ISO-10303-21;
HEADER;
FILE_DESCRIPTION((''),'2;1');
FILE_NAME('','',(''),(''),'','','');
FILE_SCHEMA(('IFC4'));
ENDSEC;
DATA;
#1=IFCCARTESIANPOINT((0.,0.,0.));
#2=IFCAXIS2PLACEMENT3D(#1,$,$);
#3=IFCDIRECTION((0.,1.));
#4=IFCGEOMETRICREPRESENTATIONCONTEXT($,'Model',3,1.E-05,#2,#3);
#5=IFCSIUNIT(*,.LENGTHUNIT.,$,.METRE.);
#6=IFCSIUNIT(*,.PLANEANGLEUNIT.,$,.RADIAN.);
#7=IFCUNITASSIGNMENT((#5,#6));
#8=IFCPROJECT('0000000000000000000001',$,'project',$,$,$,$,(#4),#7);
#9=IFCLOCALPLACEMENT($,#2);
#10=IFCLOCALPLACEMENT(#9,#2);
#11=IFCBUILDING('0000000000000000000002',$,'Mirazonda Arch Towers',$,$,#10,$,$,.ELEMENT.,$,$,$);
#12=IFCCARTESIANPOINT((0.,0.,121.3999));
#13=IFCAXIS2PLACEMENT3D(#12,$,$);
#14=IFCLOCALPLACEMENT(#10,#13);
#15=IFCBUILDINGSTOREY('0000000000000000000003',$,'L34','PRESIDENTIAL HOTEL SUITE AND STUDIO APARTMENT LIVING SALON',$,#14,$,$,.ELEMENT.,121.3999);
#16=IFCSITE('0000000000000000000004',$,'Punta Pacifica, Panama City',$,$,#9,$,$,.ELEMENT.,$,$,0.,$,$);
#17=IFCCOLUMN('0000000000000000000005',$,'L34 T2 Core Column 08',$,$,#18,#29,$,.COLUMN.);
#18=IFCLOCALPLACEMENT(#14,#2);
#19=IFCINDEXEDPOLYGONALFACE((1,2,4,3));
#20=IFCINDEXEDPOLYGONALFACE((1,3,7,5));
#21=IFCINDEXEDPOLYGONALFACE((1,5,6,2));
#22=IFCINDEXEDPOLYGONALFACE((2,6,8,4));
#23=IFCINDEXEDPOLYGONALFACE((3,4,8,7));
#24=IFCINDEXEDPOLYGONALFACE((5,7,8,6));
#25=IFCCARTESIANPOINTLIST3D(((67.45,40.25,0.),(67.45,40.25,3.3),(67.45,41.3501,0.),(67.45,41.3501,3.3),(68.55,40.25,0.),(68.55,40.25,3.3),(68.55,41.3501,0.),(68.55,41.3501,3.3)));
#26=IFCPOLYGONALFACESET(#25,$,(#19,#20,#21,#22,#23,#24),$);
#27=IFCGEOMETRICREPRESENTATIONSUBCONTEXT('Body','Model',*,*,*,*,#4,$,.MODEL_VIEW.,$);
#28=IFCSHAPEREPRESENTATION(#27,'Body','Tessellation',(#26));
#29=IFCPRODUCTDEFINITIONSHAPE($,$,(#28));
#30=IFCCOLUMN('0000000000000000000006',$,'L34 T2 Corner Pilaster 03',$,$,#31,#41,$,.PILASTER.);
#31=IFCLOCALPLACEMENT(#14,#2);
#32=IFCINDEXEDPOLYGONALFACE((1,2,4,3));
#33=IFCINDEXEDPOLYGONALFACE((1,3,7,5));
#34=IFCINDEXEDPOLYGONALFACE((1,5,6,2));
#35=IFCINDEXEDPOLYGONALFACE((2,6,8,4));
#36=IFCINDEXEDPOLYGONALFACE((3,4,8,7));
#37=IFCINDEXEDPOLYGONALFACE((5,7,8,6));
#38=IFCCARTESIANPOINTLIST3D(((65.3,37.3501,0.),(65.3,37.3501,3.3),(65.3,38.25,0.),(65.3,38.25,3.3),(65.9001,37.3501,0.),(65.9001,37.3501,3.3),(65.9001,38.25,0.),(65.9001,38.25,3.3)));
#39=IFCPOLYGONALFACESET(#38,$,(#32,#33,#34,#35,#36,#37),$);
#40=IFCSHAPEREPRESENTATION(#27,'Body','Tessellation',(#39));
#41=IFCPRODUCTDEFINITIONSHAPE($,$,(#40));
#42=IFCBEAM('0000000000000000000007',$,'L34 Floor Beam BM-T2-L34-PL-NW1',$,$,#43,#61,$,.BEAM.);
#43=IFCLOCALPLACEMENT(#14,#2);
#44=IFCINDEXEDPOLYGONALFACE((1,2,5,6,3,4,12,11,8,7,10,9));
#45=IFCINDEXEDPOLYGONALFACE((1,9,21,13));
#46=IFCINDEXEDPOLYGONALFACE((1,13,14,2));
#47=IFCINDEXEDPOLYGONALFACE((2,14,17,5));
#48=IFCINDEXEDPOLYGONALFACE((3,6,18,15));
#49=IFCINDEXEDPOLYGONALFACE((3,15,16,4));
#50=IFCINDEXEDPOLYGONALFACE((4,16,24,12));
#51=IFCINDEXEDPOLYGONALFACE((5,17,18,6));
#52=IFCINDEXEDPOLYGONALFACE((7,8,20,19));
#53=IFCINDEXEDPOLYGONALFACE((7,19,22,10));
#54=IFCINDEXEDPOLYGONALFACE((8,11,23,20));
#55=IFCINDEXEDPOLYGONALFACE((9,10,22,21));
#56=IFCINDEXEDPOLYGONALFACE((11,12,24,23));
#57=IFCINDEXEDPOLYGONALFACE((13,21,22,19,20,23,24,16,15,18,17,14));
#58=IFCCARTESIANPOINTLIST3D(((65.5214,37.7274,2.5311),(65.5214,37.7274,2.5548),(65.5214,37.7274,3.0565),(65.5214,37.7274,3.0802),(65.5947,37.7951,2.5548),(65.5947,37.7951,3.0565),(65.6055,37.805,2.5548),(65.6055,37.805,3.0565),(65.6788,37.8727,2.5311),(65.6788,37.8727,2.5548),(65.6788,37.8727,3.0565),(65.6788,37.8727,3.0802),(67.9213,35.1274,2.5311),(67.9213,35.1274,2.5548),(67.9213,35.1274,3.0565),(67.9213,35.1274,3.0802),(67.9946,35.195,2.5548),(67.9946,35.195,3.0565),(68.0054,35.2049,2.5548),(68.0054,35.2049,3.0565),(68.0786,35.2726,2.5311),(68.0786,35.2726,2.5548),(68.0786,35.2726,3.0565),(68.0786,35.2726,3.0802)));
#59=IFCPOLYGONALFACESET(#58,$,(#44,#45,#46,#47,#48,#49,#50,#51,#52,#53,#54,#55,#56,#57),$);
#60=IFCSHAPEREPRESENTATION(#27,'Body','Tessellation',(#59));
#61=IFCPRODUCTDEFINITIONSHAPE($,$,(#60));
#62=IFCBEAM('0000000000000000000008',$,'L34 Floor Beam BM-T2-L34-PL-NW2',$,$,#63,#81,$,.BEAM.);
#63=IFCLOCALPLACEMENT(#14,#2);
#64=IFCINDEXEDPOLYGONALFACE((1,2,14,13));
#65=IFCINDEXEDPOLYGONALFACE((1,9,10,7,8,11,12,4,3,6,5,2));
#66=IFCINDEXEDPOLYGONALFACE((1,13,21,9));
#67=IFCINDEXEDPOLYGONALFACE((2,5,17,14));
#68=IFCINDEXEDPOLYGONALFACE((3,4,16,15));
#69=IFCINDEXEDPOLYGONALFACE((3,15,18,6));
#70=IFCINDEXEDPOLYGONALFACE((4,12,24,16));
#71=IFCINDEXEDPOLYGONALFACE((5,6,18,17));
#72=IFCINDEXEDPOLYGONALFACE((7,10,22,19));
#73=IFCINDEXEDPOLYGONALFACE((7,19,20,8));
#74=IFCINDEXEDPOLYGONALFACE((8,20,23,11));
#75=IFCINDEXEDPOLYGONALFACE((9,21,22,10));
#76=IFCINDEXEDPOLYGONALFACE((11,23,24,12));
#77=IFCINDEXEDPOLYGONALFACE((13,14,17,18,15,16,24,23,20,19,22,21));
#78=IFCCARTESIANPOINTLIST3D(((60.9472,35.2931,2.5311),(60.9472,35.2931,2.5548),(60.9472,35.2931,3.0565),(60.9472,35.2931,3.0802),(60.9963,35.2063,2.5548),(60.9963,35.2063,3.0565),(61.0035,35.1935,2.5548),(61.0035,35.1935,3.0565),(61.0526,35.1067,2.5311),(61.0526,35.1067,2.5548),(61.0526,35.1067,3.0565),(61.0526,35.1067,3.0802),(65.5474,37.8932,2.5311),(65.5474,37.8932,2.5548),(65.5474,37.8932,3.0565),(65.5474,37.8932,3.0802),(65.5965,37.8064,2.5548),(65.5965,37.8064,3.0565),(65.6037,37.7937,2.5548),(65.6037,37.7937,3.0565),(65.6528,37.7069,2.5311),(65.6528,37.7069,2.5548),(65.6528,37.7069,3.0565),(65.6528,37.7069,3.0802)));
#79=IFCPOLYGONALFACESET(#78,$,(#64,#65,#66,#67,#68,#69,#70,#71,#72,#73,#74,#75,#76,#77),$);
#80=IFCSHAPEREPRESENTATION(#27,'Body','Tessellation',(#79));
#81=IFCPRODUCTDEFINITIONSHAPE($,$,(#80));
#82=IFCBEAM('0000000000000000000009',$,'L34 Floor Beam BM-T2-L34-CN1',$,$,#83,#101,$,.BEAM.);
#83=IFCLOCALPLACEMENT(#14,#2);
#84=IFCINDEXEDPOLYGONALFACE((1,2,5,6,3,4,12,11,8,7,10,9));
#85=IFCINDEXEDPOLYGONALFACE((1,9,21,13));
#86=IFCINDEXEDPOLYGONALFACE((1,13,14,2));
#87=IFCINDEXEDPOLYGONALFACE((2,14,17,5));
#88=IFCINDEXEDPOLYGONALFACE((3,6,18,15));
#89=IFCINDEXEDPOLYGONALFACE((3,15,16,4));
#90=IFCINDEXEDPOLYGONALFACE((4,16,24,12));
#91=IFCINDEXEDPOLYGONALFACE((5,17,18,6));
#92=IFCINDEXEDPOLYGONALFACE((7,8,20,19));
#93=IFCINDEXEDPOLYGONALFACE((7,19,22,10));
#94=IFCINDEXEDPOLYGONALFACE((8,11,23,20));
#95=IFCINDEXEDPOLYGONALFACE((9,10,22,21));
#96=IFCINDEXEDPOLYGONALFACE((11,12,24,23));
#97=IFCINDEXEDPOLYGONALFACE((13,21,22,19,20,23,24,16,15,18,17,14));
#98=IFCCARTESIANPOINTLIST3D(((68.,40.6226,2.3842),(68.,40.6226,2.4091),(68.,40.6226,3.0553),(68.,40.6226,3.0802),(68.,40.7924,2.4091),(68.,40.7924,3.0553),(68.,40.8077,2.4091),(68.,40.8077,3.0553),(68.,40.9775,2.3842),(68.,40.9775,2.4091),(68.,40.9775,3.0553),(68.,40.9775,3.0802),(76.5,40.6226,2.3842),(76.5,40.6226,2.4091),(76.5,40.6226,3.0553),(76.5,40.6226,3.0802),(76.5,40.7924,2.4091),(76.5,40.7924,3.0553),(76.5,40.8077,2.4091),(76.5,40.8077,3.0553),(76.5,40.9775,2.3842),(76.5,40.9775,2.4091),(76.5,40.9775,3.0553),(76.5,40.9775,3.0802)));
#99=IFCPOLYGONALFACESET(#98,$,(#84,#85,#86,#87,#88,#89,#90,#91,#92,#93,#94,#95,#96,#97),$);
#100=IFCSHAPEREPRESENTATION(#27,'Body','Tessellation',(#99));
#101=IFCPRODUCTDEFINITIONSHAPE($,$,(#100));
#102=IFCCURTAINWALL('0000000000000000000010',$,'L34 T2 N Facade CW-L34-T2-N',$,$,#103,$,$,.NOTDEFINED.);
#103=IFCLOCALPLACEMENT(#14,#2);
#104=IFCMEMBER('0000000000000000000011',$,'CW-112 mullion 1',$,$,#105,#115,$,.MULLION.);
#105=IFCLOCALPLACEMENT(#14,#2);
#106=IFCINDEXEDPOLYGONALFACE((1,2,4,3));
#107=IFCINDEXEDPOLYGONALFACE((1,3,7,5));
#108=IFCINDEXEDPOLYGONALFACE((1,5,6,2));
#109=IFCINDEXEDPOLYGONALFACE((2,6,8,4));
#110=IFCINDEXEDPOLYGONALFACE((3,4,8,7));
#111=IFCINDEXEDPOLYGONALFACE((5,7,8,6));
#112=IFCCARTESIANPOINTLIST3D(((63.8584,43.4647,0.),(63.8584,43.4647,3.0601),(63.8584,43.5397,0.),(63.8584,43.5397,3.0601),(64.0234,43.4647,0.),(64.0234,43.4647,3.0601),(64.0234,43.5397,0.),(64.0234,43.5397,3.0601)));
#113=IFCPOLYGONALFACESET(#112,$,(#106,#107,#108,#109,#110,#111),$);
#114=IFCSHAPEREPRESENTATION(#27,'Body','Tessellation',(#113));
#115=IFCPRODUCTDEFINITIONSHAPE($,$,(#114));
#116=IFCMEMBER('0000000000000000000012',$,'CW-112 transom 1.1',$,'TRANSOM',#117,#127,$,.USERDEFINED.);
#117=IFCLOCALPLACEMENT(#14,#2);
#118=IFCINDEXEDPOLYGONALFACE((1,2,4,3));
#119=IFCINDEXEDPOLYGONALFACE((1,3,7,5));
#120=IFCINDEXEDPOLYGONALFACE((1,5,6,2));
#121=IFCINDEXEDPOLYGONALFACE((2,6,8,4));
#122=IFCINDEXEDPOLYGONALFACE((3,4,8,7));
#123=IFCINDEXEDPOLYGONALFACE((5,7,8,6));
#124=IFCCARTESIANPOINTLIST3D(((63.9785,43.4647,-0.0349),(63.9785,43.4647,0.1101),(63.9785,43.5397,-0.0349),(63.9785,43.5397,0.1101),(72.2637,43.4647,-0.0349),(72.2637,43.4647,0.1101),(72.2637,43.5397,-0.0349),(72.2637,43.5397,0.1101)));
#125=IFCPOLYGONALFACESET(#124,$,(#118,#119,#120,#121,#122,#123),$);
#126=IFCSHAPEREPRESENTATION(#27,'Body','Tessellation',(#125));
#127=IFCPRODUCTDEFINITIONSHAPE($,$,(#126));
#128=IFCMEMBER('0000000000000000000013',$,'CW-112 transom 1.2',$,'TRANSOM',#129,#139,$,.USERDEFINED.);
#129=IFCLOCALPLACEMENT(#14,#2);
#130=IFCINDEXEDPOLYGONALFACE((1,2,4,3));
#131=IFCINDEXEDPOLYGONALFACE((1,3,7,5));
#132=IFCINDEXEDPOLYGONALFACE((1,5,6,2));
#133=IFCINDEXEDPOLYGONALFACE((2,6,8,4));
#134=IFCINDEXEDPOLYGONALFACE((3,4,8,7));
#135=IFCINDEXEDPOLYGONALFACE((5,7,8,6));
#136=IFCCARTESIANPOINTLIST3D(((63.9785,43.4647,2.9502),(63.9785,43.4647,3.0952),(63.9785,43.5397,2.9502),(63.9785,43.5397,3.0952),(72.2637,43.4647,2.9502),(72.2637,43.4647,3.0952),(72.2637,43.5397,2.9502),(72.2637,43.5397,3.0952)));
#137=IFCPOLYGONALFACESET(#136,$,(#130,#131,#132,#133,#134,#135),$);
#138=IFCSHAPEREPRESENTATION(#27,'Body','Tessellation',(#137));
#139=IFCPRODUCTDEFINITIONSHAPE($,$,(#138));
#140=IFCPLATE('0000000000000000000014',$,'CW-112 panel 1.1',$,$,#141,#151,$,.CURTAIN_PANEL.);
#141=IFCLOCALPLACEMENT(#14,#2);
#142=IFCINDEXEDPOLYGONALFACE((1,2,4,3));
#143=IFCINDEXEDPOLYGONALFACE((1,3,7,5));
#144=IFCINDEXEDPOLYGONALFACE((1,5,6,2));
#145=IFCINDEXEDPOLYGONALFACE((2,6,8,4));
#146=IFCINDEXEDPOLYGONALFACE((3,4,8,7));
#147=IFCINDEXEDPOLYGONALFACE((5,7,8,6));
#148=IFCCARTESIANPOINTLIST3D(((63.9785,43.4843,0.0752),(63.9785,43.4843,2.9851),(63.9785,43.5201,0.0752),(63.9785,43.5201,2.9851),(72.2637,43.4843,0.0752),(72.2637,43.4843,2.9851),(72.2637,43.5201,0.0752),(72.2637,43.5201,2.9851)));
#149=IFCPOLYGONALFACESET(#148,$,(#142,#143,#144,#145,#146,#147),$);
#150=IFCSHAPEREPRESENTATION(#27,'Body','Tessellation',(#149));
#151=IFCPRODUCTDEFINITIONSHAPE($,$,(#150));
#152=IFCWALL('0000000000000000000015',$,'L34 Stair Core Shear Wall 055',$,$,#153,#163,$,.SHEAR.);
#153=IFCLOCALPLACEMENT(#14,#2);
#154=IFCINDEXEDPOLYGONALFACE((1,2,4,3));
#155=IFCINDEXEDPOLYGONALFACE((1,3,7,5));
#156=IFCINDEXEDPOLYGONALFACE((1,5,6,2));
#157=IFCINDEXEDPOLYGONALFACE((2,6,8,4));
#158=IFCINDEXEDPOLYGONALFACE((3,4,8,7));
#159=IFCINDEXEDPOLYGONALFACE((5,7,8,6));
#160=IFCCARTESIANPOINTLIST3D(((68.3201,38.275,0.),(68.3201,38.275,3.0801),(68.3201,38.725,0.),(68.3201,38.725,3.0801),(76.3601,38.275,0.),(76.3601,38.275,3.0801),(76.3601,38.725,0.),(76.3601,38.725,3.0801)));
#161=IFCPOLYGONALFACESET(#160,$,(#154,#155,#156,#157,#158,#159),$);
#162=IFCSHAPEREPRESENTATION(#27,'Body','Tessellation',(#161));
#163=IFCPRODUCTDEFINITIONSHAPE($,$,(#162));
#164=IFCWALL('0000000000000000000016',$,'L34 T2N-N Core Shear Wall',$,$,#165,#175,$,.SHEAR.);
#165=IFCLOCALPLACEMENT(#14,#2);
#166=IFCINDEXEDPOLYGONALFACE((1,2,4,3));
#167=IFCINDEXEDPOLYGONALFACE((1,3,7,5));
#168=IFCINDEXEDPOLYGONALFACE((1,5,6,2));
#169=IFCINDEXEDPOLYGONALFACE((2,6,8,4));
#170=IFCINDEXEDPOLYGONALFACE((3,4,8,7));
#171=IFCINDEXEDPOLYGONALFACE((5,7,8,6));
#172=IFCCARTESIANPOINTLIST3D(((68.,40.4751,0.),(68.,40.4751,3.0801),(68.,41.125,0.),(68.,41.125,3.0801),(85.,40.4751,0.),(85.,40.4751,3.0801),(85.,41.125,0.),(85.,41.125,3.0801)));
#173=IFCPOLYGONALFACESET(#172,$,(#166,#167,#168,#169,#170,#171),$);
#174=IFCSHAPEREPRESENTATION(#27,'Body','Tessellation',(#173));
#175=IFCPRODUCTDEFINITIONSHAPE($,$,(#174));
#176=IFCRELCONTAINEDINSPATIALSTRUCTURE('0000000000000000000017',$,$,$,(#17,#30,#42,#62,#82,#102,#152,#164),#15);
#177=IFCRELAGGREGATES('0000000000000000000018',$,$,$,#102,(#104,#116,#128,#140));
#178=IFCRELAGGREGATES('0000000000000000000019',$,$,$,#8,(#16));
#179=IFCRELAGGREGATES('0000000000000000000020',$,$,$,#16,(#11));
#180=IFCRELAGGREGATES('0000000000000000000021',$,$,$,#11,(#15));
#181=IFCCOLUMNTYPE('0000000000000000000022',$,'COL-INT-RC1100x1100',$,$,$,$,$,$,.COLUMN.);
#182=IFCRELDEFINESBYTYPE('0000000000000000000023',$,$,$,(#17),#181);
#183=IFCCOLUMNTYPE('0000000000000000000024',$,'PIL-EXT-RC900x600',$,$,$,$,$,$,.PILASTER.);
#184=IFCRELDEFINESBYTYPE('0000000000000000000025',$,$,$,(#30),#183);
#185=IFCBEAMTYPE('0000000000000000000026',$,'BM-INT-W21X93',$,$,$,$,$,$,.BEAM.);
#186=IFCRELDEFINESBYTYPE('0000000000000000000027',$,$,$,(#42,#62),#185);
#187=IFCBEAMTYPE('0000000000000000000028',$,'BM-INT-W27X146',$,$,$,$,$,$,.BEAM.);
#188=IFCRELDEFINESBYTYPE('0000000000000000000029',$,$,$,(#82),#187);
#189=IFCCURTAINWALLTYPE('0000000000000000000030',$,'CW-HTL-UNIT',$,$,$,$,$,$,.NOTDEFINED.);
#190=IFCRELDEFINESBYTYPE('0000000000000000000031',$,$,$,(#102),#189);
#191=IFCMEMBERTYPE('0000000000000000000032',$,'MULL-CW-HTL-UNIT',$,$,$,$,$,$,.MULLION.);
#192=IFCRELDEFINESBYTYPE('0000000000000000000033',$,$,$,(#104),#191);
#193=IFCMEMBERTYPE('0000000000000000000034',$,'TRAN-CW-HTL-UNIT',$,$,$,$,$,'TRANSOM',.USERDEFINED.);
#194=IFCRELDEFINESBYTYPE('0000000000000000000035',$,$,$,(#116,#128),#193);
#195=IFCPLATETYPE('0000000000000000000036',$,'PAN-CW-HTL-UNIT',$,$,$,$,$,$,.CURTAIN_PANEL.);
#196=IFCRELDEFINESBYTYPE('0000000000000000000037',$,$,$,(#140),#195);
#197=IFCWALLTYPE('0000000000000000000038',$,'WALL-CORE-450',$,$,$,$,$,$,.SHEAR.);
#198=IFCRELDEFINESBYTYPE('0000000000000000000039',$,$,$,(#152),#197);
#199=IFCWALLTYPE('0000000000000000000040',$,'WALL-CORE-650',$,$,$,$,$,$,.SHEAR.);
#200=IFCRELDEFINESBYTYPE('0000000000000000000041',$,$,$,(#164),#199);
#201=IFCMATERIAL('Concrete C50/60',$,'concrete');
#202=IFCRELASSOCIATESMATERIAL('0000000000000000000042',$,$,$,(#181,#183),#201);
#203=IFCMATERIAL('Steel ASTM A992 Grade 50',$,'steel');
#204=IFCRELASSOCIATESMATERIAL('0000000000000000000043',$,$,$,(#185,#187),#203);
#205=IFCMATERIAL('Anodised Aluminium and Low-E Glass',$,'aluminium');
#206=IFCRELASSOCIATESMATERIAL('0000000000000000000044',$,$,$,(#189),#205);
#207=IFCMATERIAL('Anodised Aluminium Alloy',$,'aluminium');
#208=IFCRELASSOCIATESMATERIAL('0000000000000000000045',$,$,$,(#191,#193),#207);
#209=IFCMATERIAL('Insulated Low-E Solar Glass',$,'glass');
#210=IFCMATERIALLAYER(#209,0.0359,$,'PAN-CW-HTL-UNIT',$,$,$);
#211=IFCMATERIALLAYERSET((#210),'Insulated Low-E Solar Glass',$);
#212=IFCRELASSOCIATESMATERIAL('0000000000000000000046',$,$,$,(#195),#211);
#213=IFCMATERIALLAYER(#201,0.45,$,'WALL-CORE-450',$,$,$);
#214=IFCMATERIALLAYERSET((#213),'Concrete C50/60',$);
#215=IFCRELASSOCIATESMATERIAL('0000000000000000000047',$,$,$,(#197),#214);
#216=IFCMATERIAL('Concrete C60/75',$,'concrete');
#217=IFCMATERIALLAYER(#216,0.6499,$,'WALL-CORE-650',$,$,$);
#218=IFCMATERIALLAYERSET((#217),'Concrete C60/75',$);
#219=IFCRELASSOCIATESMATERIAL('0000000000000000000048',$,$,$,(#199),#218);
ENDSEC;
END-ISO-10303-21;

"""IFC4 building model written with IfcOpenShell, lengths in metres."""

from ifc_helpers import new_model, si_unit, direction, frame, frame_2d, origin, origin_2d, place, context, subcontext, project, spatial, rectangle, i_section, extrude, material, layer, layer_set, material_profile, profile_set, type_object, element, aggregate, save


model = new_model("IFC4")

# Units and contexts
model_context = context("Model", 3, precision=1e-05, world=origin(), true_north=direction((0.0, 1.0)))
body_context = subcontext(model_context, "Body", "Model", "MODEL_VIEW")
ifc_project = project(units=[si_unit("LENGTHUNIT", "METRE"), si_unit("PLANEANGLEUNIT", "RADIAN")], contexts=[model_context])

# Site, building, storey
site_placement = place(None, origin())
site = spatial("IfcSite", under=ifc_project, at=site_placement, Name="Punta Pacifica, Panama City", CompositionType="ELEMENT", RefElevation=0.0)
building_placement = place(site_placement, origin())
building = spatial("IfcBuilding", under=site, at=building_placement, Name="Mirazonda Arch Towers", CompositionType="ELEMENT")
storey_placement = place(building_placement, frame((0.0, 0.0, 121.3999)))
storey = spatial("IfcBuildingStorey", under=building, at=storey_placement, Name="L34", Description="PRESIDENTIAL HOTEL SUITE AND STUDIO APARTMENT LIVING SALON", CompositionType="ELEMENT", Elevation=121.3999)

# Columns
ifc_material_1 = material(Name="Concrete C50/60", Category="concrete")
ifc_material_profile_1 = material_profile(ifc_material_1, rectangle(XDim=1.1001, YDim=1.1001, at=origin_2d()), Name="RC1100x1100")
ifc_profile_set_1 = profile_set([ifc_material_profile_1], Name="Concrete C50/60")
column_type_1 = type_object("IfcColumnType", Name="COL-INT-RC1100x1100", PredefinedType="COLUMN", material=ifc_profile_set_1)
column_1_placement = place(storey_placement, frame((68.0, 40.8, 0.0), z_axis=(0.0, 0.0, 1.0), x_axis=(1.0, 0.0, 0.0)))
element("IfcColumn", 1, at=column_1_placement, inside=storey, type_object=column_type_1, Name="L34 T2 Core Column 08", PredefinedType="COLUMN", context=body_context, shape_type="SweptSolid", body=[
    extrude(rectangle(XDim=1.1001, YDim=1.1001, at=origin_2d()), origin(), (0.0, 0.0, 1.0), 3.3),
])
ifc_material_profile_2 = material_profile(ifc_material_1, rectangle(XDim=0.6001, YDim=0.8999, at=origin_2d()), Name="RC900x600")
ifc_profile_set_2 = profile_set([ifc_material_profile_2], Name="Concrete C50/60")
column_type_2 = type_object("IfcColumnType", Name="PIL-EXT-RC900x600", PredefinedType="PILASTER", material=ifc_profile_set_2)
column_2_placement = place(storey_placement, frame((65.6001, 37.8, 0.0), z_axis=(0.0, 0.0, 1.0), x_axis=(1.0, 0.0, 0.0)))
element("IfcColumn", 2, at=column_2_placement, inside=storey, type_object=column_type_2, Name="L34 T2 Corner Pilaster 03", PredefinedType="PILASTER", context=body_context, shape_type="SweptSolid", body=[
    extrude(rectangle(XDim=0.6001, YDim=0.8999, at=origin_2d()), origin(), (0.0, 0.0, 1.0), 3.3),
])

# Beams
ifc_material_2 = material(Name="Steel ASTM A992 Grade 50", Category="steel")
ifc_material_profile_3 = material_profile(ifc_material_2, i_section(OverallWidth=0.2141, OverallDepth=0.5491, WebThickness=0.0146, FlangeThickness=0.0237, at=origin_2d()), Name="W21X93")
ifc_profile_set_3 = profile_set([ifc_material_profile_3], Name="Steel ASTM A992 Grade 50")
beam_type_1 = type_object("IfcBeamType", Name="BM-INT-W21X93", PredefinedType="BEAM", material=ifc_profile_set_3)
beam_1_placement = place(storey_placement, frame((65.6001, 37.8, 2.8057), z_axis=(0.678251, -0.73483, 0.0), x_axis=(0.73483, 0.678251, 0.0)))
element("IfcBeam", 3, at=beam_1_placement, inside=storey, type_object=beam_type_1, Name="L34 Floor Beam BM-T2-L34-PL-NW1", PredefinedType="BEAM", context=body_context, shape_type="SweptSolid", body=[
    extrude(i_section(OverallWidth=0.2141, OverallDepth=0.5491, WebThickness=0.0146, FlangeThickness=0.0237, at=origin_2d()), origin(), (0.0, 0.0, 1.0), 3.5383),
])
beam_2_placement = place(storey_placement, frame((65.6001, 37.8, 2.8057), z_axis=(-0.870559, -0.492063, 0.0), x_axis=(0.492063, -0.870559, 0.0)))
element("IfcBeam", 4, at=beam_2_placement, inside=storey, type_object=beam_type_1, Name="L34 Floor Beam BM-T2-L34-PL-NW2", PredefinedType="BEAM", context=body_context, shape_type="SweptSolid", body=[
    extrude(i_section(OverallWidth=0.2141, OverallDepth=0.5491, WebThickness=0.0146, FlangeThickness=0.0237, at=origin_2d()), origin(), (0.0, 0.0, 1.0), 5.2842),
])
ifc_material_profile_4 = material_profile(ifc_material_2, i_section(OverallWidth=0.355, OverallDepth=0.696, WebThickness=0.0154, FlangeThickness=0.0249, at=origin_2d()), Name="W27X146")
ifc_profile_set_4 = profile_set([ifc_material_profile_4], Name="Steel ASTM A992 Grade 50")
beam_type_2 = type_object("IfcBeamType", Name="BM-INT-W27X146", PredefinedType="BEAM", material=ifc_profile_set_4)
beam_3_placement = place(storey_placement, frame((68.0, 40.8, 2.7322), z_axis=(1.0, 0.0, 0.0), x_axis=(0.0, 1.0, 0.0)))
element("IfcBeam", 5, at=beam_3_placement, inside=storey, type_object=beam_type_2, Name="L34 Floor Beam BM-T2-L34-CN1", PredefinedType="BEAM", context=body_context, shape_type="SweptSolid", body=[
    extrude(i_section(OverallWidth=0.355, OverallDepth=0.696, WebThickness=0.0154, FlangeThickness=0.0249, at=origin_2d()), origin(), (0.0, 0.0, 1.0), 8.5),
])

# Curtain wall, members, plate
ifc_material_3 = material(Name="Anodised Aluminium and Low-E Glass", Category="aluminium")
curtain_wall_type = type_object("IfcCurtainWallType", Name="CW-HTL-UNIT", PredefinedType="NOTDEFINED", material=ifc_material_3)
curtain_wall_placement = place(storey_placement, origin())
curtain_wall = element("IfcCurtainWall", 6, at=curtain_wall_placement, inside=storey, type_object=curtain_wall_type, Name="L34 T2 N Facade CW-L34-T2-N", PredefinedType="NOTDEFINED")
ifc_material_4 = material(Name="Anodised Aluminium Alloy", Category="aluminium")
ifc_material_profile_5 = material_profile(ifc_material_4, rectangle(XDim=0.075, YDim=0.165, at=origin_2d()), Name="ALU-MULL-75x165")
ifc_profile_set_5 = profile_set([ifc_material_profile_5], Name="Anodised Aluminium Alloy")
member_type_1 = type_object("IfcMemberType", Name="MULL-CW-HTL-UNIT", PredefinedType="MULLION", material=ifc_profile_set_5)
member_1_placement = place(storey_placement, frame((63.9409, 43.5022, 0.0), z_axis=(0.0, 0.0, 1.0), x_axis=(0.0, 1.0, 0.0)))
member_1 = element("IfcMember", 7, at=member_1_placement, type_object=member_type_1, Name="CW-112 mullion 1", PredefinedType="MULLION", context=body_context, shape_type="SweptSolid", body=[
    extrude(rectangle(XDim=0.075, YDim=0.165, at=origin_2d()), origin(), (0.0, 0.0, 1.0), 3.0601),
])
ifc_material_profile_6 = material_profile(ifc_material_4, rectangle(XDim=0.075, YDim=0.145, at=origin_2d()), Name="ALU-TRAN-75x145")
ifc_profile_set_6 = profile_set([ifc_material_profile_6], Name="Anodised Aluminium Alloy")
member_type_2 = type_object("IfcMemberType", Name="TRAN-CW-HTL-UNIT", ElementType="TRANSOM", PredefinedType="USERDEFINED", material=ifc_profile_set_6)
member_2_placement = place(storey_placement, frame((63.9785, 43.5022, 0.0376), z_axis=(1.0, 0.0, 0.0), x_axis=(0.0, 1.0, 0.0)))
member_2 = element("IfcMember", 8, at=member_2_placement, type_object=member_type_2, Name="CW-112 transom 1.1", ObjectType="TRANSOM", PredefinedType="USERDEFINED", context=body_context, shape_type="SweptSolid", body=[
    extrude(rectangle(XDim=0.075, YDim=0.145, at=origin_2d()), origin(), (0.0, 0.0, 1.0), 8.2852),
])
member_3_placement = place(storey_placement, frame((63.9785, 43.5022, 3.0227), z_axis=(1.0, 0.0, 0.0), x_axis=(0.0, 1.0, 0.0)))
member_3 = element("IfcMember", 9, at=member_3_placement, type_object=member_type_2, Name="CW-112 transom 1.2", ObjectType="TRANSOM", PredefinedType="USERDEFINED", context=body_context, shape_type="SweptSolid", body=[
    extrude(rectangle(XDim=0.075, YDim=0.145, at=origin_2d()), origin(), (0.0, 0.0, 1.0), 8.2852),
])
ifc_material_5 = material(Name="Insulated Low-E Solar Glass", Category="glass")
ifc_layer_1 = layer(ifc_material_5, 0.0359, Name="PAN-CW-HTL-UNIT")
ifc_layer_set_1 = layer_set([ifc_layer_1], Name="Insulated Low-E Solar Glass")
plate_type = type_object("IfcPlateType", Name="PAN-CW-HTL-UNIT", PredefinedType="CURTAIN_PANEL", material=ifc_layer_set_1)
plate_placement = place(storey_placement, frame((68.1211, 43.5022, 0.0752), z_axis=(0.0, 0.0, 1.0), x_axis=(1.0, 0.0, 0.0)))
plate = element("IfcPlate", 10, at=plate_placement, type_object=plate_type, Name="CW-112 panel 1.1", PredefinedType="CURTAIN_PANEL", context=body_context, shape_type="SweptSolid", body=[
    extrude(rectangle(XDim=8.2852, YDim=0.0359, at=origin_2d()), origin(), (0.0, 0.0, 1.0), 2.9099),
])
aggregate(curtain_wall, [member_1, member_2, member_3, plate])

# Walls
ifc_layer_2 = layer(ifc_material_1, 0.45, Name="WALL-CORE-450")
ifc_layer_set_2 = layer_set([ifc_layer_2], Name="Concrete C50/60")
wall_type_1 = type_object("IfcWallType", Name="WALL-CORE-450", PredefinedType="SHEAR", material=ifc_layer_set_2)
wall_1_placement = place(storey_placement, frame((68.3201, 38.5, 0.0), z_axis=(0.0, 0.0, 1.0), x_axis=(1.0, 0.0, 0.0)))
element("IfcWall", 11, at=wall_1_placement, inside=storey, type_object=wall_type_1, Name="L34 Stair Core Shear Wall 055", PredefinedType="SHEAR", context=body_context, shape_type="SweptSolid", body=[
    extrude(rectangle(XDim=8.04, YDim=0.45, at=frame_2d((4.02, 0.0))), origin(), (0.0, 0.0, 1.0), 3.0801),
])
ifc_material_6 = material(Name="Concrete C60/75", Category="concrete")
ifc_layer_3 = layer(ifc_material_6, 0.6499, Name="WALL-CORE-650")
ifc_layer_set_3 = layer_set([ifc_layer_3], Name="Concrete C60/75")
wall_type_2 = type_object("IfcWallType", Name="WALL-CORE-650", PredefinedType="SHEAR", material=ifc_layer_set_3)
wall_2_placement = place(storey_placement, frame((68.0, 40.8, 0.0), z_axis=(0.0, 0.0, 1.0), x_axis=(1.0, 0.0, 0.0)))
element("IfcWall", 12, at=wall_2_placement, inside=storey, type_object=wall_type_2, Name="L34 T2N-N Core Shear Wall", PredefinedType="SHEAR", context=body_context, shape_type="SweptSolid", body=[
    extrude(rectangle(XDim=17.0, YDim=0.6499, at=frame_2d((8.5, 0.0))), origin(), (0.0, 0.0, 1.0), 3.0801),
])

save(model, "model.ifc")
